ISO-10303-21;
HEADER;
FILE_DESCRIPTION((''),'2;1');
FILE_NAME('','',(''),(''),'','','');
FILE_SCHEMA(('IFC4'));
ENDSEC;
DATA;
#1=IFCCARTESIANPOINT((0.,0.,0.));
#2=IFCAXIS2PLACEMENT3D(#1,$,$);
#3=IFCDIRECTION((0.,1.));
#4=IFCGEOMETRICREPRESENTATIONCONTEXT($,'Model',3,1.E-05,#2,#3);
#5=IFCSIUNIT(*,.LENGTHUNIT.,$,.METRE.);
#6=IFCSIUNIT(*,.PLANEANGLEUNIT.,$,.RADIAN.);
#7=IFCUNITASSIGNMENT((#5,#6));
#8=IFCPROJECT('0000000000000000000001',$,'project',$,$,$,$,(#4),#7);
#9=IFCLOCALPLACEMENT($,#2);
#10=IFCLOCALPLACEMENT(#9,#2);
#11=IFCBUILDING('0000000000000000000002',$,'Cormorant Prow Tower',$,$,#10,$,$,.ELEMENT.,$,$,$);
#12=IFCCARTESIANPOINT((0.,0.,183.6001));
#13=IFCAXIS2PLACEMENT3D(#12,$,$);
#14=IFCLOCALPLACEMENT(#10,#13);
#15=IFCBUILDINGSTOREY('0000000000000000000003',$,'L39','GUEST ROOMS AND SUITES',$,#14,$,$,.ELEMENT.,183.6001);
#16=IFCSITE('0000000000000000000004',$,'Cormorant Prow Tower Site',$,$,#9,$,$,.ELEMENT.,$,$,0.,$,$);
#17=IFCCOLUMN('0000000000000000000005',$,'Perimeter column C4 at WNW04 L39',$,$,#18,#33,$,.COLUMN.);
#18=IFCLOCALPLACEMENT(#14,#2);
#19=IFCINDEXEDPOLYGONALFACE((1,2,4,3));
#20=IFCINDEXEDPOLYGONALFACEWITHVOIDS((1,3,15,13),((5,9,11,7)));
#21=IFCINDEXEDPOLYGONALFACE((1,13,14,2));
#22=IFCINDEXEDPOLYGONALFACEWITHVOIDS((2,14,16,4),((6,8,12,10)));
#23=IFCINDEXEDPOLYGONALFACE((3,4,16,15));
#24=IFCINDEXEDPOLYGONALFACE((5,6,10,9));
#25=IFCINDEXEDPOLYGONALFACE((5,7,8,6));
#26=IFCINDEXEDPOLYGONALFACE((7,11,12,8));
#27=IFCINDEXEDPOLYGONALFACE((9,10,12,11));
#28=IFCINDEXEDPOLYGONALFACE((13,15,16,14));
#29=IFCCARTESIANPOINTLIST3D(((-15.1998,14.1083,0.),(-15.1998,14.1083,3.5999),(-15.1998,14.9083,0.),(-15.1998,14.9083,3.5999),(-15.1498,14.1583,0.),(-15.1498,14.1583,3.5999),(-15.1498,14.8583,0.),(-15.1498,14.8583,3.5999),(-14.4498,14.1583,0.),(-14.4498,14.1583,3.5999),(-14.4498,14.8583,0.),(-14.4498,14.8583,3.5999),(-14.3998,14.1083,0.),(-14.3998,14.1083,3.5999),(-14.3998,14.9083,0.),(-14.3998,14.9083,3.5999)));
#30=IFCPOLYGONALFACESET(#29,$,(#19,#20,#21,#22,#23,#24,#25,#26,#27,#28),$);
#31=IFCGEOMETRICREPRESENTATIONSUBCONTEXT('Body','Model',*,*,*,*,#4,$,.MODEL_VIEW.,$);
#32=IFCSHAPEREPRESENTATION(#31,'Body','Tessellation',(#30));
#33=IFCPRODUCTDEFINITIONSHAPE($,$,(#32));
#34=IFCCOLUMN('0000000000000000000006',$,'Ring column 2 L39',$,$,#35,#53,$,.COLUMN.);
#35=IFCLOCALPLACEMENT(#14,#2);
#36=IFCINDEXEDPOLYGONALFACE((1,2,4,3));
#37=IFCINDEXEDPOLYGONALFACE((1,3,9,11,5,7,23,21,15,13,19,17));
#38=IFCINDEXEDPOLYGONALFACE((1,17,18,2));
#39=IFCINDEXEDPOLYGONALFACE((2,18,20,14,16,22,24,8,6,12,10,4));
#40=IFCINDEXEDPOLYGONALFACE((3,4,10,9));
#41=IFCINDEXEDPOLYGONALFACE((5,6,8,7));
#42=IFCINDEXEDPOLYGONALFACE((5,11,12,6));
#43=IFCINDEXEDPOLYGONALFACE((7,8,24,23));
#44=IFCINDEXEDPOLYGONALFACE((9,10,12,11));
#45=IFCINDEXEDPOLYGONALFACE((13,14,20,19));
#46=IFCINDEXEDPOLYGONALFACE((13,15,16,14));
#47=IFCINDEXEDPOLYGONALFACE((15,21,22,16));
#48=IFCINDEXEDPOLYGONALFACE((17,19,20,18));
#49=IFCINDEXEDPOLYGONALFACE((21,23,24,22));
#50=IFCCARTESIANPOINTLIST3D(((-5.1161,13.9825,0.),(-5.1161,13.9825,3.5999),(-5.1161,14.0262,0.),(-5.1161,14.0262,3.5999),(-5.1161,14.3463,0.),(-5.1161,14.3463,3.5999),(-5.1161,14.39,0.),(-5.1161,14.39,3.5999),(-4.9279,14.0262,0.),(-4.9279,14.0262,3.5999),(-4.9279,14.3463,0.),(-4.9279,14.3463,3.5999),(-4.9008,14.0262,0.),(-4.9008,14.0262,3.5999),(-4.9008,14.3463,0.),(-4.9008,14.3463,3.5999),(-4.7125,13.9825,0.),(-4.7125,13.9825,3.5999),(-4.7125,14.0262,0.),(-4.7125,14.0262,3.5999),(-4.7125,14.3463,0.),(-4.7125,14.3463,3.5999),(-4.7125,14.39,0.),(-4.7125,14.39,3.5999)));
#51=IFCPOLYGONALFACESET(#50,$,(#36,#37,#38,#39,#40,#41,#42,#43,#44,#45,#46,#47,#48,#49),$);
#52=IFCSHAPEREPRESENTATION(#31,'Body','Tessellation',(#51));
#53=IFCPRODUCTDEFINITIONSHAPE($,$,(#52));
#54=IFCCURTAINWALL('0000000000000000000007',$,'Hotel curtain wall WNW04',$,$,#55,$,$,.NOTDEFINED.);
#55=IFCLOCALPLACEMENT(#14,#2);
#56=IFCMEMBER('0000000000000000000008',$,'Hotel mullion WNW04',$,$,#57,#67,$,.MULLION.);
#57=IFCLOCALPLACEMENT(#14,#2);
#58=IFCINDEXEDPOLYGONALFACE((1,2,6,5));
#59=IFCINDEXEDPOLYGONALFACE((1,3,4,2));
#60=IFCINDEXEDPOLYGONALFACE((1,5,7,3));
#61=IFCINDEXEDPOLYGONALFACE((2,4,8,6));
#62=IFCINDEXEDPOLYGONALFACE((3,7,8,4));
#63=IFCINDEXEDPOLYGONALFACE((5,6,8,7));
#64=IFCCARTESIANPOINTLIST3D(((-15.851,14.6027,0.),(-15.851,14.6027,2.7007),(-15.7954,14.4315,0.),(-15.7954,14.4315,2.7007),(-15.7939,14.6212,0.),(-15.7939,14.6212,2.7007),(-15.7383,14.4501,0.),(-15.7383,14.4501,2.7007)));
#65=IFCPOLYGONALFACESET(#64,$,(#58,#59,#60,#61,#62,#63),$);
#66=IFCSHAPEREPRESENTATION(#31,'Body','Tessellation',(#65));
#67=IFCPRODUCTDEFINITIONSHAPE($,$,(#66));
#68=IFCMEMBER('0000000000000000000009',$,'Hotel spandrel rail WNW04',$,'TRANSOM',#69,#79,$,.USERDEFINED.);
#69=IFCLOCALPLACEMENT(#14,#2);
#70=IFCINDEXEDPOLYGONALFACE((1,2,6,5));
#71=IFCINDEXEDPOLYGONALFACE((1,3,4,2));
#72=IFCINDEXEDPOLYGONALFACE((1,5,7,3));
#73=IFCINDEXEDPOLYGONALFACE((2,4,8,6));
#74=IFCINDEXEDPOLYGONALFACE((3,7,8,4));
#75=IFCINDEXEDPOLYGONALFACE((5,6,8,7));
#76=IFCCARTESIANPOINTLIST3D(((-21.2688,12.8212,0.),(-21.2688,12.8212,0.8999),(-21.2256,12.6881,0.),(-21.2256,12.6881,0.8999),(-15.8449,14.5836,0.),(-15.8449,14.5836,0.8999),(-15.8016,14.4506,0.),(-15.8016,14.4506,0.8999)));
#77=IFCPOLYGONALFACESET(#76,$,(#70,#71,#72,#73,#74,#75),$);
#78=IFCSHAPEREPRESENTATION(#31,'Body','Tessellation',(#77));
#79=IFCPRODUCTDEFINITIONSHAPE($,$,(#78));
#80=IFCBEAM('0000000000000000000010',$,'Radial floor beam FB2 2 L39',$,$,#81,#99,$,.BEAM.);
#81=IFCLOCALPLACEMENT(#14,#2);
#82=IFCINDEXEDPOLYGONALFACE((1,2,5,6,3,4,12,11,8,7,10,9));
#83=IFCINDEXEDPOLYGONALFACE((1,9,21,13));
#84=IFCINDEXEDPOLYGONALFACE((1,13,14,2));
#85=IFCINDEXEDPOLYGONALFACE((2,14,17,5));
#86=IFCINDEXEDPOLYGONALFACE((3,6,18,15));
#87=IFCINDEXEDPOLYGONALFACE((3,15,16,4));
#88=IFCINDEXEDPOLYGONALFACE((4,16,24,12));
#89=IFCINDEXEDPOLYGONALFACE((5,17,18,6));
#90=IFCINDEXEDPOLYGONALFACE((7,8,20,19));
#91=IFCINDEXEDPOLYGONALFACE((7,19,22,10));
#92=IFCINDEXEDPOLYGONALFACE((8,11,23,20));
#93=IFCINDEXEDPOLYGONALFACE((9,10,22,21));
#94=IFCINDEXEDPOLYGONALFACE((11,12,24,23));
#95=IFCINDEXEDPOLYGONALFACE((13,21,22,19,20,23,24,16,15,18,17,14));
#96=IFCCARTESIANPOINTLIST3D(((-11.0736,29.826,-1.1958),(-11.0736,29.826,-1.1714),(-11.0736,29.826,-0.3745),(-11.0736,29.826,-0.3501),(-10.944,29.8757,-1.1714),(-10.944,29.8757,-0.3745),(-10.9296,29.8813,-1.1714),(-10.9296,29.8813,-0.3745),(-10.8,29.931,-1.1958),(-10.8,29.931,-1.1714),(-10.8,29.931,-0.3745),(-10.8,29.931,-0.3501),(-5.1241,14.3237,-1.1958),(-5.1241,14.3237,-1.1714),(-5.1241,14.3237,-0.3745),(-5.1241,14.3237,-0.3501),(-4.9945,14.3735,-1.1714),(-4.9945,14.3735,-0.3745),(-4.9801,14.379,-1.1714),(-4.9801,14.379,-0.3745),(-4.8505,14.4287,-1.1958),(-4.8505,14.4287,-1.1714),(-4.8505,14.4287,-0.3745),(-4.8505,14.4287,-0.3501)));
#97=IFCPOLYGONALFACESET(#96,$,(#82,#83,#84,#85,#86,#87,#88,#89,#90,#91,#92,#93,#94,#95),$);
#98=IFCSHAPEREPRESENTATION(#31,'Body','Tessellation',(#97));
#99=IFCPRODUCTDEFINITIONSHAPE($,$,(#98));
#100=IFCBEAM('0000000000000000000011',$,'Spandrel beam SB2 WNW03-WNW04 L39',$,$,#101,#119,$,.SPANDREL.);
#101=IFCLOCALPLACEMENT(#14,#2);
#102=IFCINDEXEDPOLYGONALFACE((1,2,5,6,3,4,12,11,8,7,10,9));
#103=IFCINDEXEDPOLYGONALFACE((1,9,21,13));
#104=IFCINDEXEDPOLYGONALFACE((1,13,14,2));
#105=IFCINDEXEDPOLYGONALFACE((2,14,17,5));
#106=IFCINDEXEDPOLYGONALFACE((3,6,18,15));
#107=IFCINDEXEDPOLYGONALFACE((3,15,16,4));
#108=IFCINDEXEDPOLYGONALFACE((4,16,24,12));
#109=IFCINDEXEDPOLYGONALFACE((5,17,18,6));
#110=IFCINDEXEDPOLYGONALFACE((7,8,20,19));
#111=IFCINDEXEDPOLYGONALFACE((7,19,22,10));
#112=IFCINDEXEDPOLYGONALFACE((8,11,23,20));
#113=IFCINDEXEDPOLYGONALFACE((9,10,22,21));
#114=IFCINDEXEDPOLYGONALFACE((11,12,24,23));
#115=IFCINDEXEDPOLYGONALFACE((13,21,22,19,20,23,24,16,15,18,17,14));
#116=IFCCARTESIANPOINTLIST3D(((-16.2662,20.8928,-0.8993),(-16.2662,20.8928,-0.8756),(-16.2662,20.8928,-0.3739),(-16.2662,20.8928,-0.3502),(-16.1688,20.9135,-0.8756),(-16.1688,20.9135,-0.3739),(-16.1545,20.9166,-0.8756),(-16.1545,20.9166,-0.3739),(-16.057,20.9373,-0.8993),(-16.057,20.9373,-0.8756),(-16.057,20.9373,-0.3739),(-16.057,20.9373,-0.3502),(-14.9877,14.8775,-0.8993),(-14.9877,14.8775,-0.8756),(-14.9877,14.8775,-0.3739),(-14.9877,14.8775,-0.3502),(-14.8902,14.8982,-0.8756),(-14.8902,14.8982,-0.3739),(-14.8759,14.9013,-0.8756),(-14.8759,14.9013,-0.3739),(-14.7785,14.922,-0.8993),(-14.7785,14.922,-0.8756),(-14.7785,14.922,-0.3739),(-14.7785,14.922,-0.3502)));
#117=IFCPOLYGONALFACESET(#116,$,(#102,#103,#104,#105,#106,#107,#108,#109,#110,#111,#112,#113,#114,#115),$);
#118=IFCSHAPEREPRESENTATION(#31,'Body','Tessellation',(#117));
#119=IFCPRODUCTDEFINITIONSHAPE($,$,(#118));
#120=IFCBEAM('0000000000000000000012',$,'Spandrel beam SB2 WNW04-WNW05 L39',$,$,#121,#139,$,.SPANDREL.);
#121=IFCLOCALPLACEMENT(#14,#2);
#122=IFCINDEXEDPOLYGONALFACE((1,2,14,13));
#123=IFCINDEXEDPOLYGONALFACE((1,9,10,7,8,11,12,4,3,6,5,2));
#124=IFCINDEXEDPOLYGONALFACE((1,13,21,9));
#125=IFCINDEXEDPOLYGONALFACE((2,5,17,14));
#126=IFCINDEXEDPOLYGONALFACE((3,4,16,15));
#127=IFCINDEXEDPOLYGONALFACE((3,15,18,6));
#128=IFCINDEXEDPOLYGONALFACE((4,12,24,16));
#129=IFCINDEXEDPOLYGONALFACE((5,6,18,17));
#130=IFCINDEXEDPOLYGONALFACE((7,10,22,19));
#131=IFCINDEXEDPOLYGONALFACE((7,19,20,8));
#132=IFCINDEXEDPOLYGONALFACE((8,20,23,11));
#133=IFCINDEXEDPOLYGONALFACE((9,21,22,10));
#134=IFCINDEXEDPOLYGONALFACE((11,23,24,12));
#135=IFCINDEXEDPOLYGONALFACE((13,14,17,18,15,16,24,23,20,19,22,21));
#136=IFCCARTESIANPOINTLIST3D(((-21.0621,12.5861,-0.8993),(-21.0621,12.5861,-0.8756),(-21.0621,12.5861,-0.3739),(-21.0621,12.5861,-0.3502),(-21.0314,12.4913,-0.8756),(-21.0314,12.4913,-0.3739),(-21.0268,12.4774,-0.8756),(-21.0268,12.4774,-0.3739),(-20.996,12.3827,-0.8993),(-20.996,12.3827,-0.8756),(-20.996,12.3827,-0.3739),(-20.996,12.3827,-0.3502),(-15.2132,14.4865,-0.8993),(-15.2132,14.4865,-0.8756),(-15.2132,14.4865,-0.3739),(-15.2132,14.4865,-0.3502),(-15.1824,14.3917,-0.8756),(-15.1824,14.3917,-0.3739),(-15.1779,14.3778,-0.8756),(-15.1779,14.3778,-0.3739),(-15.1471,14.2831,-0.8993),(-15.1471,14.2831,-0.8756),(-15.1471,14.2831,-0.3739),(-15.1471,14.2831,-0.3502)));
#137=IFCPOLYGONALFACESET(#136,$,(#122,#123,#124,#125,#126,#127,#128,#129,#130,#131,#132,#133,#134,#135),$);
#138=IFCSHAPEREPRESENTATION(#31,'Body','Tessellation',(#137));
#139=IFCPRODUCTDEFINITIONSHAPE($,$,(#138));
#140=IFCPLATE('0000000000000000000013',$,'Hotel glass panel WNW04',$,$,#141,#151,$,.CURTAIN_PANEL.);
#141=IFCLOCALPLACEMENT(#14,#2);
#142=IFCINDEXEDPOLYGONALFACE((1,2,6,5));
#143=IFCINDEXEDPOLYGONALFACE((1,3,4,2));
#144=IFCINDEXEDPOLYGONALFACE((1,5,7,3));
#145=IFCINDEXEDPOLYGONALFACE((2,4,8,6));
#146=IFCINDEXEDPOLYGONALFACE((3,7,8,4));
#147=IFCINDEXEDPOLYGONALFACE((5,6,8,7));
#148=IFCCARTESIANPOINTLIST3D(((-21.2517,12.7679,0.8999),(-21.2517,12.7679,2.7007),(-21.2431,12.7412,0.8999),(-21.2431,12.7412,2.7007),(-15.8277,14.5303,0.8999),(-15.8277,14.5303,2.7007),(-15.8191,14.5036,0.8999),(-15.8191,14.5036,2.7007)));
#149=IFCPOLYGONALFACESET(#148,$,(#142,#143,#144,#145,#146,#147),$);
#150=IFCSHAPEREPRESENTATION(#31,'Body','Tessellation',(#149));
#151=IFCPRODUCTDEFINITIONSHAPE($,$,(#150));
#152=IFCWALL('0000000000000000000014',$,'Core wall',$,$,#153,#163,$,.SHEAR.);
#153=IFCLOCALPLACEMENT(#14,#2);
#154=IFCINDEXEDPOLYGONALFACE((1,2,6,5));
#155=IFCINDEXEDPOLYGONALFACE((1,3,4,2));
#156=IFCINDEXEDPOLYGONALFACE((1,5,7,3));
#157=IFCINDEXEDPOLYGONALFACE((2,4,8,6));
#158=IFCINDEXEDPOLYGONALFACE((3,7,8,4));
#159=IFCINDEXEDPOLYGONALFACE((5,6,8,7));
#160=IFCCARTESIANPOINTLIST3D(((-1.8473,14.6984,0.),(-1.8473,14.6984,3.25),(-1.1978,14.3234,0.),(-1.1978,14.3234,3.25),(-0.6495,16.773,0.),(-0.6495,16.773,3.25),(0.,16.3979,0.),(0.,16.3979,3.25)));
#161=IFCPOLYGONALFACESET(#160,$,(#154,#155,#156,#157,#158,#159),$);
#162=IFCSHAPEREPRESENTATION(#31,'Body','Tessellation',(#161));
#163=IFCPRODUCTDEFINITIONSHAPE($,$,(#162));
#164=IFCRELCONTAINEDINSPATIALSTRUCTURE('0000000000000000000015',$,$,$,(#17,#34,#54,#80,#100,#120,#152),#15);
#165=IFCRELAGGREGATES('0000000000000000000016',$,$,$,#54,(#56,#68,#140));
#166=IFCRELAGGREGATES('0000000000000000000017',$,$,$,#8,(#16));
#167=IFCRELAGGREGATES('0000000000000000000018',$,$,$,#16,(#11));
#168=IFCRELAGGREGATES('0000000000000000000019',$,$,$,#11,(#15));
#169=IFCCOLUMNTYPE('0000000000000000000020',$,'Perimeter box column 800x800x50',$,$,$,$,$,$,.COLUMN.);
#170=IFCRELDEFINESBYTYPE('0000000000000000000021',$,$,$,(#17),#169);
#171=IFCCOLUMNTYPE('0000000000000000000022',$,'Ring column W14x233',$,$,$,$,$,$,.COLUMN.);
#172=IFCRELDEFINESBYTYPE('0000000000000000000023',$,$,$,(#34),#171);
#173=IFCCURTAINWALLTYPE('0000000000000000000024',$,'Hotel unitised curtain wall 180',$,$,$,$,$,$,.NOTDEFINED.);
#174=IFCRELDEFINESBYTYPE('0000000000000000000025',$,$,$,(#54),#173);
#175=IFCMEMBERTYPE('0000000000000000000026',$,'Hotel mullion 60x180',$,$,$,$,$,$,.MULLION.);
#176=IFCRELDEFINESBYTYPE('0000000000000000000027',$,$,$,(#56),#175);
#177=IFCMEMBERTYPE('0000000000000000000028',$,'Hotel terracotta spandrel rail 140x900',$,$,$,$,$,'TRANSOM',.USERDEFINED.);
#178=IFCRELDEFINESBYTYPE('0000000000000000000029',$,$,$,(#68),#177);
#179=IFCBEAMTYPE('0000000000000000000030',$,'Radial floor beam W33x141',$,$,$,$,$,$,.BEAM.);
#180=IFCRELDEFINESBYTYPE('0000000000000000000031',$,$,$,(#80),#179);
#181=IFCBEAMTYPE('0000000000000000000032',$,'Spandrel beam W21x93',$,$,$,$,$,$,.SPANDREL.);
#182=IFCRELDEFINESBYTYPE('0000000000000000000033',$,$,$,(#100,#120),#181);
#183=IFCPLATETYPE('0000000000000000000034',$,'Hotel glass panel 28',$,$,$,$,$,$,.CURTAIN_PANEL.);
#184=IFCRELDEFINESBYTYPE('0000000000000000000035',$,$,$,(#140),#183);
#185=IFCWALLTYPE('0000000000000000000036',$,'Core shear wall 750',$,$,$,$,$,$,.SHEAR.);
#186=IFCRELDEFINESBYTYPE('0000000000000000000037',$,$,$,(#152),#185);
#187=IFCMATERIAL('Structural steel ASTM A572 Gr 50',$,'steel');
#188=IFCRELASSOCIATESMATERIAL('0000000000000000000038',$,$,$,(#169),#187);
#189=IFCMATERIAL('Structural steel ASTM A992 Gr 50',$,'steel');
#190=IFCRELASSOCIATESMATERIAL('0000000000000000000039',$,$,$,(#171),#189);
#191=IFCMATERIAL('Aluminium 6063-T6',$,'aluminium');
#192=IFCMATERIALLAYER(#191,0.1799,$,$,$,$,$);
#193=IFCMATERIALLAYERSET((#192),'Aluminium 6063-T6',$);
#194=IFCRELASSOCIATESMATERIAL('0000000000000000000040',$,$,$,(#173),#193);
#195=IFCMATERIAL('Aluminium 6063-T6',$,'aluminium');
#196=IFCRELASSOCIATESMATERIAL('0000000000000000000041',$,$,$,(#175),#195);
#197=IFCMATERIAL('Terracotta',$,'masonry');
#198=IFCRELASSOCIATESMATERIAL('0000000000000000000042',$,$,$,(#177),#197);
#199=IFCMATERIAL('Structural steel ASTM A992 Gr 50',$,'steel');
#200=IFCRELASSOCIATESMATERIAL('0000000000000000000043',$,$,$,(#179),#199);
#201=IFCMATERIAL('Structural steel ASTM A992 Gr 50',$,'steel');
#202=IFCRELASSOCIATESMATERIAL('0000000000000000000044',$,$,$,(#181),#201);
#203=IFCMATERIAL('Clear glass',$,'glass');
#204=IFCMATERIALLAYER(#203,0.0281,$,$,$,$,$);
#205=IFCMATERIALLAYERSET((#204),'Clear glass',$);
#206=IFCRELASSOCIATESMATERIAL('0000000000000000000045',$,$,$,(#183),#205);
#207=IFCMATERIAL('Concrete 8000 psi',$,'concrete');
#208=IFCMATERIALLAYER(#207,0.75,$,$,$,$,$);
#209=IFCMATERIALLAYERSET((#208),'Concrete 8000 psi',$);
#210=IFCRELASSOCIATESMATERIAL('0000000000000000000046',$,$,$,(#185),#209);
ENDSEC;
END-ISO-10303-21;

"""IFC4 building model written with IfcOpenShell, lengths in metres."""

from ifc_helpers import new_model, si_unit, direction, frame, frame_2d, origin, origin_2d, place, context, subcontext, project, spatial, rectangle, hollow_rectangle, i_section, extrude, material, layer, layer_set, material_profile, profile_set, type_object, element, aggregate, save


model = new_model("IFC4")

# Units and contexts
model_context = context("Model", 3, precision=1e-05, world=origin(), true_north=direction((0.0, 1.0)))
body_context = subcontext(model_context, "Body", "Model", "MODEL_VIEW")
ifc_project = project(units=[si_unit("LENGTHUNIT", "METRE"), si_unit("PLANEANGLEUNIT", "RADIAN")], contexts=[model_context])

# Site, building, storey
site_placement = place(None, origin())
site = spatial("IfcSite", under=ifc_project, at=site_placement, Name="Cormorant Prow Tower Site", CompositionType="ELEMENT", RefElevation=0.0)
building_placement = place(site_placement, origin())
building = spatial("IfcBuilding", under=site, at=building_placement, Name="Cormorant Prow Tower", CompositionType="ELEMENT")
storey_placement = place(building_placement, frame((0.0, 0.0, 183.6001)))
storey = spatial("IfcBuildingStorey", under=building, at=storey_placement, Name="L39", Description="GUEST ROOMS AND SUITES", CompositionType="ELEMENT", Elevation=183.6001)

# Columns
ifc_material_1 = material(Name="Structural steel ASTM A572 Gr 50", Category="steel")
ifc_material_profile_1 = material_profile(ifc_material_1, hollow_rectangle(XDim=0.8, YDim=0.8, WallThickness=0.05, at=origin_2d()), Name="Box 800x800x50")
ifc_profile_set_1 = profile_set([ifc_material_profile_1], Name="Structural steel ASTM A572 Gr 50")
column_type_1 = type_object("IfcColumnType", Name="Perimeter box column 800x800x50", PredefinedType="COLUMN", material=ifc_profile_set_1)
column_1_placement = place(storey_placement, frame((-14.7998, 14.5083, 0.0), z_axis=(0.0, 0.0, 1.0), x_axis=(1.0, 0.0, 0.0)))
element("IfcColumn", 1, at=column_1_placement, inside=storey, type_object=column_type_1, Name="Perimeter column C4 at WNW04 L39", PredefinedType="COLUMN", context=body_context, shape_type="SweptSolid", body=[
    extrude(hollow_rectangle(XDim=0.8, YDim=0.8, WallThickness=0.05, at=origin_2d()), origin(), (0.0, 0.0, 1.0), 3.5999),
])
ifc_material_2 = material(Name="Structural steel ASTM A992 Gr 50", Category="steel")
ifc_material_profile_2 = material_profile(ifc_material_2, i_section(OverallWidth=0.4036, OverallDepth=0.4075, WebThickness=0.0271, FlangeThickness=0.0437, at=origin_2d()), Name="W14x233")
ifc_profile_set_2 = profile_set([ifc_material_profile_2], Name="Structural steel ASTM A992 Gr 50")
column_type_2 = type_object("IfcColumnType", Name="Ring column W14x233", PredefinedType="COLUMN", material=ifc_profile_set_2)
column_2_placement = place(storey_placement, frame((-4.9143, 14.1863, 0.0), z_axis=(0.0, 0.0, 1.0), x_axis=(1.0, 0.0, 0.0)))
element("IfcColumn", 2, at=column_2_placement, inside=storey, type_object=column_type_2, Name="Ring column 2 L39", PredefinedType="COLUMN", context=body_context, shape_type="SweptSolid", body=[
    extrude(i_section(OverallWidth=0.4036, OverallDepth=0.4075, WebThickness=0.0271, FlangeThickness=0.0437, at=origin_2d()), origin(), (0.0, 0.0, 1.0), 3.5999),
])

# Curtain wall, members
ifc_material_3 = material(Name="Aluminium 6063-T6", Category="aluminium")
ifc_layer_1 = layer(ifc_material_3, 0.1799)
ifc_layer_set_1 = layer_set([ifc_layer_1], Name="Aluminium 6063-T6")
curtain_wall_type = type_object("IfcCurtainWallType", Name="Hotel unitised curtain wall 180", PredefinedType="NOTDEFINED", material=ifc_layer_set_1)
curtain_wall_placement = place(storey_placement, origin())
curtain_wall = element("IfcCurtainWall", 3, at=curtain_wall_placement, inside=storey, type_object=curtain_wall_type, Name="Hotel curtain wall WNW04", PredefinedType="NOTDEFINED")
ifc_material_4 = material(Name="Aluminium 6063-T6", Category="aluminium")
ifc_material_profile_3 = material_profile(ifc_material_4, rectangle(XDim=0.1799, YDim=0.0601, at=origin_2d()), Name="Hotel mullion 60x180")
ifc_profile_set_3 = profile_set([ifc_material_profile_3], Name="Aluminium 6063-T6")
member_type_1 = type_object("IfcMemberType", Name="Hotel mullion 60x180", PredefinedType="MULLION", material=ifc_profile_set_3)
member_1_placement = place(storey_placement, frame((-15.7947, 14.5264, 0.0), z_axis=(0.0, 0.0, 1.0), x_axis=(0.309017, -0.951056, 0.0)))
member_1 = element("IfcMember", 4, at=member_1_placement, type_object=member_type_1, Name="Hotel mullion WNW04", PredefinedType="MULLION", context=body_context, shape_type="SweptSolid", body=[
    extrude(rectangle(XDim=0.1799, YDim=0.0601, at=origin_2d()), origin(), (0.0, 0.0, 1.0), 2.7007),
])
ifc_material_5 = material(Name="Terracotta", Category="masonry")
ifc_material_profile_4 = material_profile(ifc_material_5, rectangle(XDim=0.1399, YDim=0.8999, at=origin_2d()), Name="Hotel terracotta spandrel rail 140x900")
ifc_profile_set_4 = profile_set([ifc_material_profile_4], Name="Terracotta")
member_type_2 = type_object("IfcMemberType", Name="Hotel terracotta spandrel rail 140x900", ElementType="TRANSOM", PredefinedType="USERDEFINED", material=ifc_profile_set_4)
member_2_placement = place(storey_placement, frame((-15.8232, 14.5171, 0.45), z_axis=(-0.951053, -0.309027, 0.0), x_axis=(0.309027, -0.951053, 0.0)))
member_2 = element("IfcMember", 5, at=member_2_placement, type_object=member_type_2, Name="Hotel spandrel rail WNW04", ObjectType="TRANSOM", PredefinedType="USERDEFINED", context=body_context, shape_type="SweptSolid", body=[
    extrude(rectangle(XDim=0.1399, YDim=0.8999, at=origin_2d()), origin(), (0.0, 0.0, 1.0), 5.7031),
])

# Beams
ifc_material_6 = material(Name="Structural steel ASTM A992 Gr 50", Category="steel")
ifc_material_profile_5 = material_profile(ifc_material_6, i_section(OverallWidth=0.293, OverallDepth=0.8457, WebThickness=0.0154, FlangeThickness=0.0244, at=origin_2d()), Name="W33x141")
ifc_profile_set_5 = profile_set([ifc_material_profile_5], Name="Structural steel ASTM A992 Gr 50")
beam_type_1 = type_object("IfcBeamType", Name="Radial floor beam W33x141", PredefinedType="BEAM", material=ifc_profile_set_5)
beam_1_placement = place(storey_placement, frame((-4.9873, 14.3762, -0.7729), z_axis=(-0.358301, 0.933606, 0.0), x_axis=(-0.933606, -0.358301, 0.0)))
element("IfcBeam", 6, at=beam_1_placement, inside=storey, type_object=beam_type_1, Name="Radial floor beam FB2 2 L39", PredefinedType="BEAM", context=body_context, shape_type="SweptSolid", body=[
    extrude(i_section(OverallWidth=0.293, OverallDepth=0.8457, WebThickness=0.0154, FlangeThickness=0.0244, at=origin_2d()), origin(), (0.0, 0.0, 1.0), 16.6047),
])
ifc_material_7 = material(Name="Structural steel ASTM A992 Gr 50", Category="steel")
ifc_material_profile_6 = material_profile(ifc_material_7, i_section(OverallWidth=0.2139, OverallDepth=0.5491, WebThickness=0.0146, FlangeThickness=0.0237, at=origin_2d()), Name="W21x93")
ifc_profile_set_6 = profile_set([ifc_material_profile_6], Name="Structural steel ASTM A992 Gr 50")
beam_type_2 = type_object("IfcBeamType", Name="Spandrel beam W21x93", PredefinedType="SPANDREL", material=ifc_profile_set_6)
beam_2_placement = place(storey_placement, frame((-16.1616, 20.915, -0.6248), z_axis=(0.207905, -0.978149, 0.0), x_axis=(0.978149, 0.207905, 0.0)))
element("IfcBeam", 7, at=beam_2_placement, inside=storey, type_object=beam_type_2, Name="Spandrel beam SB2 WNW03-WNW04 L39", PredefinedType="SPANDREL", context=body_context, shape_type="SweptSolid", body=[
    extrude(i_section(OverallWidth=0.2139, OverallDepth=0.5491, WebThickness=0.0146, FlangeThickness=0.0237, at=origin_2d()), origin(), (0.0, 0.0, 1.0), 6.1497),
])
beam_3_placement = place(storey_placement, frame((-15.1802, 14.3848, -0.6248), z_axis=(-0.951058, -0.309013, 0.0), x_axis=(0.309013, -0.951058, 0.0)))
element("IfcBeam", 8, at=beam_3_placement, inside=storey, type_object=beam_type_2, Name="Spandrel beam SB2 WNW04-WNW05 L39", PredefinedType="SPANDREL", context=body_context, shape_type="SweptSolid", body=[
    extrude(i_section(OverallWidth=0.2139, OverallDepth=0.5491, WebThickness=0.0146, FlangeThickness=0.0237, at=origin_2d()), origin(), (0.0, 0.0, 1.0), 6.1499),
])

# Plate
ifc_material_8 = material(Name="Clear glass", Category="glass")
ifc_layer_2 = layer(ifc_material_8, 0.0281)
ifc_layer_set_2 = layer_set([ifc_layer_2], Name="Clear glass")
plate_type = type_object("IfcPlateType", Name="Hotel glass panel 28", PredefinedType="CURTAIN_PANEL", material=ifc_layer_set_2)
plate_placement = place(storey_placement, frame((-18.5354, 13.6357, 0.8999), z_axis=(0.0, 0.0, 1.0), x_axis=(-0.951056, -0.309017, 0.0)))
plate = element("IfcPlate", 9, at=plate_placement, type_object=plate_type, Name="Hotel glass panel WNW04", PredefinedType="CURTAIN_PANEL", context=body_context, shape_type="SweptSolid", body=[
    extrude(rectangle(XDim=5.7031, YDim=0.0281, at=origin_2d()), origin(), (0.0, 0.0, 1.0), 1.8008),
])
aggregate(curtain_wall, [member_1, member_2, plate])

# Wall
ifc_material_9 = material(Name="Concrete 8000 psi", Category="concrete")
ifc_layer_3 = layer(ifc_material_9, 0.75)
ifc_layer_set_3 = layer_set([ifc_layer_3], Name="Concrete 8000 psi")
wall_type_1 = type_object("IfcWallType", Name="Core shear wall 750", PredefinedType="SHEAR", material=ifc_layer_set_3)
wall_1_placement = place(storey_placement, frame((-0.3247, 16.5854, 0.0), z_axis=(0.0, 0.0, 1.0), x_axis=(-0.500019, -0.866014, 0.0)))
element("IfcWall", 10, at=wall_1_placement, inside=storey, type_object=wall_type_1, Name="Core wall", PredefinedType="SHEAR", context=body_context, shape_type="SweptSolid", body=[
    extrude(rectangle(XDim=2.3955, YDim=0.75, at=frame_2d((1.1978, 0.0))), origin(), (0.0, 0.0, 1.0), 3.25),
])

save(model, "model.ifc")
